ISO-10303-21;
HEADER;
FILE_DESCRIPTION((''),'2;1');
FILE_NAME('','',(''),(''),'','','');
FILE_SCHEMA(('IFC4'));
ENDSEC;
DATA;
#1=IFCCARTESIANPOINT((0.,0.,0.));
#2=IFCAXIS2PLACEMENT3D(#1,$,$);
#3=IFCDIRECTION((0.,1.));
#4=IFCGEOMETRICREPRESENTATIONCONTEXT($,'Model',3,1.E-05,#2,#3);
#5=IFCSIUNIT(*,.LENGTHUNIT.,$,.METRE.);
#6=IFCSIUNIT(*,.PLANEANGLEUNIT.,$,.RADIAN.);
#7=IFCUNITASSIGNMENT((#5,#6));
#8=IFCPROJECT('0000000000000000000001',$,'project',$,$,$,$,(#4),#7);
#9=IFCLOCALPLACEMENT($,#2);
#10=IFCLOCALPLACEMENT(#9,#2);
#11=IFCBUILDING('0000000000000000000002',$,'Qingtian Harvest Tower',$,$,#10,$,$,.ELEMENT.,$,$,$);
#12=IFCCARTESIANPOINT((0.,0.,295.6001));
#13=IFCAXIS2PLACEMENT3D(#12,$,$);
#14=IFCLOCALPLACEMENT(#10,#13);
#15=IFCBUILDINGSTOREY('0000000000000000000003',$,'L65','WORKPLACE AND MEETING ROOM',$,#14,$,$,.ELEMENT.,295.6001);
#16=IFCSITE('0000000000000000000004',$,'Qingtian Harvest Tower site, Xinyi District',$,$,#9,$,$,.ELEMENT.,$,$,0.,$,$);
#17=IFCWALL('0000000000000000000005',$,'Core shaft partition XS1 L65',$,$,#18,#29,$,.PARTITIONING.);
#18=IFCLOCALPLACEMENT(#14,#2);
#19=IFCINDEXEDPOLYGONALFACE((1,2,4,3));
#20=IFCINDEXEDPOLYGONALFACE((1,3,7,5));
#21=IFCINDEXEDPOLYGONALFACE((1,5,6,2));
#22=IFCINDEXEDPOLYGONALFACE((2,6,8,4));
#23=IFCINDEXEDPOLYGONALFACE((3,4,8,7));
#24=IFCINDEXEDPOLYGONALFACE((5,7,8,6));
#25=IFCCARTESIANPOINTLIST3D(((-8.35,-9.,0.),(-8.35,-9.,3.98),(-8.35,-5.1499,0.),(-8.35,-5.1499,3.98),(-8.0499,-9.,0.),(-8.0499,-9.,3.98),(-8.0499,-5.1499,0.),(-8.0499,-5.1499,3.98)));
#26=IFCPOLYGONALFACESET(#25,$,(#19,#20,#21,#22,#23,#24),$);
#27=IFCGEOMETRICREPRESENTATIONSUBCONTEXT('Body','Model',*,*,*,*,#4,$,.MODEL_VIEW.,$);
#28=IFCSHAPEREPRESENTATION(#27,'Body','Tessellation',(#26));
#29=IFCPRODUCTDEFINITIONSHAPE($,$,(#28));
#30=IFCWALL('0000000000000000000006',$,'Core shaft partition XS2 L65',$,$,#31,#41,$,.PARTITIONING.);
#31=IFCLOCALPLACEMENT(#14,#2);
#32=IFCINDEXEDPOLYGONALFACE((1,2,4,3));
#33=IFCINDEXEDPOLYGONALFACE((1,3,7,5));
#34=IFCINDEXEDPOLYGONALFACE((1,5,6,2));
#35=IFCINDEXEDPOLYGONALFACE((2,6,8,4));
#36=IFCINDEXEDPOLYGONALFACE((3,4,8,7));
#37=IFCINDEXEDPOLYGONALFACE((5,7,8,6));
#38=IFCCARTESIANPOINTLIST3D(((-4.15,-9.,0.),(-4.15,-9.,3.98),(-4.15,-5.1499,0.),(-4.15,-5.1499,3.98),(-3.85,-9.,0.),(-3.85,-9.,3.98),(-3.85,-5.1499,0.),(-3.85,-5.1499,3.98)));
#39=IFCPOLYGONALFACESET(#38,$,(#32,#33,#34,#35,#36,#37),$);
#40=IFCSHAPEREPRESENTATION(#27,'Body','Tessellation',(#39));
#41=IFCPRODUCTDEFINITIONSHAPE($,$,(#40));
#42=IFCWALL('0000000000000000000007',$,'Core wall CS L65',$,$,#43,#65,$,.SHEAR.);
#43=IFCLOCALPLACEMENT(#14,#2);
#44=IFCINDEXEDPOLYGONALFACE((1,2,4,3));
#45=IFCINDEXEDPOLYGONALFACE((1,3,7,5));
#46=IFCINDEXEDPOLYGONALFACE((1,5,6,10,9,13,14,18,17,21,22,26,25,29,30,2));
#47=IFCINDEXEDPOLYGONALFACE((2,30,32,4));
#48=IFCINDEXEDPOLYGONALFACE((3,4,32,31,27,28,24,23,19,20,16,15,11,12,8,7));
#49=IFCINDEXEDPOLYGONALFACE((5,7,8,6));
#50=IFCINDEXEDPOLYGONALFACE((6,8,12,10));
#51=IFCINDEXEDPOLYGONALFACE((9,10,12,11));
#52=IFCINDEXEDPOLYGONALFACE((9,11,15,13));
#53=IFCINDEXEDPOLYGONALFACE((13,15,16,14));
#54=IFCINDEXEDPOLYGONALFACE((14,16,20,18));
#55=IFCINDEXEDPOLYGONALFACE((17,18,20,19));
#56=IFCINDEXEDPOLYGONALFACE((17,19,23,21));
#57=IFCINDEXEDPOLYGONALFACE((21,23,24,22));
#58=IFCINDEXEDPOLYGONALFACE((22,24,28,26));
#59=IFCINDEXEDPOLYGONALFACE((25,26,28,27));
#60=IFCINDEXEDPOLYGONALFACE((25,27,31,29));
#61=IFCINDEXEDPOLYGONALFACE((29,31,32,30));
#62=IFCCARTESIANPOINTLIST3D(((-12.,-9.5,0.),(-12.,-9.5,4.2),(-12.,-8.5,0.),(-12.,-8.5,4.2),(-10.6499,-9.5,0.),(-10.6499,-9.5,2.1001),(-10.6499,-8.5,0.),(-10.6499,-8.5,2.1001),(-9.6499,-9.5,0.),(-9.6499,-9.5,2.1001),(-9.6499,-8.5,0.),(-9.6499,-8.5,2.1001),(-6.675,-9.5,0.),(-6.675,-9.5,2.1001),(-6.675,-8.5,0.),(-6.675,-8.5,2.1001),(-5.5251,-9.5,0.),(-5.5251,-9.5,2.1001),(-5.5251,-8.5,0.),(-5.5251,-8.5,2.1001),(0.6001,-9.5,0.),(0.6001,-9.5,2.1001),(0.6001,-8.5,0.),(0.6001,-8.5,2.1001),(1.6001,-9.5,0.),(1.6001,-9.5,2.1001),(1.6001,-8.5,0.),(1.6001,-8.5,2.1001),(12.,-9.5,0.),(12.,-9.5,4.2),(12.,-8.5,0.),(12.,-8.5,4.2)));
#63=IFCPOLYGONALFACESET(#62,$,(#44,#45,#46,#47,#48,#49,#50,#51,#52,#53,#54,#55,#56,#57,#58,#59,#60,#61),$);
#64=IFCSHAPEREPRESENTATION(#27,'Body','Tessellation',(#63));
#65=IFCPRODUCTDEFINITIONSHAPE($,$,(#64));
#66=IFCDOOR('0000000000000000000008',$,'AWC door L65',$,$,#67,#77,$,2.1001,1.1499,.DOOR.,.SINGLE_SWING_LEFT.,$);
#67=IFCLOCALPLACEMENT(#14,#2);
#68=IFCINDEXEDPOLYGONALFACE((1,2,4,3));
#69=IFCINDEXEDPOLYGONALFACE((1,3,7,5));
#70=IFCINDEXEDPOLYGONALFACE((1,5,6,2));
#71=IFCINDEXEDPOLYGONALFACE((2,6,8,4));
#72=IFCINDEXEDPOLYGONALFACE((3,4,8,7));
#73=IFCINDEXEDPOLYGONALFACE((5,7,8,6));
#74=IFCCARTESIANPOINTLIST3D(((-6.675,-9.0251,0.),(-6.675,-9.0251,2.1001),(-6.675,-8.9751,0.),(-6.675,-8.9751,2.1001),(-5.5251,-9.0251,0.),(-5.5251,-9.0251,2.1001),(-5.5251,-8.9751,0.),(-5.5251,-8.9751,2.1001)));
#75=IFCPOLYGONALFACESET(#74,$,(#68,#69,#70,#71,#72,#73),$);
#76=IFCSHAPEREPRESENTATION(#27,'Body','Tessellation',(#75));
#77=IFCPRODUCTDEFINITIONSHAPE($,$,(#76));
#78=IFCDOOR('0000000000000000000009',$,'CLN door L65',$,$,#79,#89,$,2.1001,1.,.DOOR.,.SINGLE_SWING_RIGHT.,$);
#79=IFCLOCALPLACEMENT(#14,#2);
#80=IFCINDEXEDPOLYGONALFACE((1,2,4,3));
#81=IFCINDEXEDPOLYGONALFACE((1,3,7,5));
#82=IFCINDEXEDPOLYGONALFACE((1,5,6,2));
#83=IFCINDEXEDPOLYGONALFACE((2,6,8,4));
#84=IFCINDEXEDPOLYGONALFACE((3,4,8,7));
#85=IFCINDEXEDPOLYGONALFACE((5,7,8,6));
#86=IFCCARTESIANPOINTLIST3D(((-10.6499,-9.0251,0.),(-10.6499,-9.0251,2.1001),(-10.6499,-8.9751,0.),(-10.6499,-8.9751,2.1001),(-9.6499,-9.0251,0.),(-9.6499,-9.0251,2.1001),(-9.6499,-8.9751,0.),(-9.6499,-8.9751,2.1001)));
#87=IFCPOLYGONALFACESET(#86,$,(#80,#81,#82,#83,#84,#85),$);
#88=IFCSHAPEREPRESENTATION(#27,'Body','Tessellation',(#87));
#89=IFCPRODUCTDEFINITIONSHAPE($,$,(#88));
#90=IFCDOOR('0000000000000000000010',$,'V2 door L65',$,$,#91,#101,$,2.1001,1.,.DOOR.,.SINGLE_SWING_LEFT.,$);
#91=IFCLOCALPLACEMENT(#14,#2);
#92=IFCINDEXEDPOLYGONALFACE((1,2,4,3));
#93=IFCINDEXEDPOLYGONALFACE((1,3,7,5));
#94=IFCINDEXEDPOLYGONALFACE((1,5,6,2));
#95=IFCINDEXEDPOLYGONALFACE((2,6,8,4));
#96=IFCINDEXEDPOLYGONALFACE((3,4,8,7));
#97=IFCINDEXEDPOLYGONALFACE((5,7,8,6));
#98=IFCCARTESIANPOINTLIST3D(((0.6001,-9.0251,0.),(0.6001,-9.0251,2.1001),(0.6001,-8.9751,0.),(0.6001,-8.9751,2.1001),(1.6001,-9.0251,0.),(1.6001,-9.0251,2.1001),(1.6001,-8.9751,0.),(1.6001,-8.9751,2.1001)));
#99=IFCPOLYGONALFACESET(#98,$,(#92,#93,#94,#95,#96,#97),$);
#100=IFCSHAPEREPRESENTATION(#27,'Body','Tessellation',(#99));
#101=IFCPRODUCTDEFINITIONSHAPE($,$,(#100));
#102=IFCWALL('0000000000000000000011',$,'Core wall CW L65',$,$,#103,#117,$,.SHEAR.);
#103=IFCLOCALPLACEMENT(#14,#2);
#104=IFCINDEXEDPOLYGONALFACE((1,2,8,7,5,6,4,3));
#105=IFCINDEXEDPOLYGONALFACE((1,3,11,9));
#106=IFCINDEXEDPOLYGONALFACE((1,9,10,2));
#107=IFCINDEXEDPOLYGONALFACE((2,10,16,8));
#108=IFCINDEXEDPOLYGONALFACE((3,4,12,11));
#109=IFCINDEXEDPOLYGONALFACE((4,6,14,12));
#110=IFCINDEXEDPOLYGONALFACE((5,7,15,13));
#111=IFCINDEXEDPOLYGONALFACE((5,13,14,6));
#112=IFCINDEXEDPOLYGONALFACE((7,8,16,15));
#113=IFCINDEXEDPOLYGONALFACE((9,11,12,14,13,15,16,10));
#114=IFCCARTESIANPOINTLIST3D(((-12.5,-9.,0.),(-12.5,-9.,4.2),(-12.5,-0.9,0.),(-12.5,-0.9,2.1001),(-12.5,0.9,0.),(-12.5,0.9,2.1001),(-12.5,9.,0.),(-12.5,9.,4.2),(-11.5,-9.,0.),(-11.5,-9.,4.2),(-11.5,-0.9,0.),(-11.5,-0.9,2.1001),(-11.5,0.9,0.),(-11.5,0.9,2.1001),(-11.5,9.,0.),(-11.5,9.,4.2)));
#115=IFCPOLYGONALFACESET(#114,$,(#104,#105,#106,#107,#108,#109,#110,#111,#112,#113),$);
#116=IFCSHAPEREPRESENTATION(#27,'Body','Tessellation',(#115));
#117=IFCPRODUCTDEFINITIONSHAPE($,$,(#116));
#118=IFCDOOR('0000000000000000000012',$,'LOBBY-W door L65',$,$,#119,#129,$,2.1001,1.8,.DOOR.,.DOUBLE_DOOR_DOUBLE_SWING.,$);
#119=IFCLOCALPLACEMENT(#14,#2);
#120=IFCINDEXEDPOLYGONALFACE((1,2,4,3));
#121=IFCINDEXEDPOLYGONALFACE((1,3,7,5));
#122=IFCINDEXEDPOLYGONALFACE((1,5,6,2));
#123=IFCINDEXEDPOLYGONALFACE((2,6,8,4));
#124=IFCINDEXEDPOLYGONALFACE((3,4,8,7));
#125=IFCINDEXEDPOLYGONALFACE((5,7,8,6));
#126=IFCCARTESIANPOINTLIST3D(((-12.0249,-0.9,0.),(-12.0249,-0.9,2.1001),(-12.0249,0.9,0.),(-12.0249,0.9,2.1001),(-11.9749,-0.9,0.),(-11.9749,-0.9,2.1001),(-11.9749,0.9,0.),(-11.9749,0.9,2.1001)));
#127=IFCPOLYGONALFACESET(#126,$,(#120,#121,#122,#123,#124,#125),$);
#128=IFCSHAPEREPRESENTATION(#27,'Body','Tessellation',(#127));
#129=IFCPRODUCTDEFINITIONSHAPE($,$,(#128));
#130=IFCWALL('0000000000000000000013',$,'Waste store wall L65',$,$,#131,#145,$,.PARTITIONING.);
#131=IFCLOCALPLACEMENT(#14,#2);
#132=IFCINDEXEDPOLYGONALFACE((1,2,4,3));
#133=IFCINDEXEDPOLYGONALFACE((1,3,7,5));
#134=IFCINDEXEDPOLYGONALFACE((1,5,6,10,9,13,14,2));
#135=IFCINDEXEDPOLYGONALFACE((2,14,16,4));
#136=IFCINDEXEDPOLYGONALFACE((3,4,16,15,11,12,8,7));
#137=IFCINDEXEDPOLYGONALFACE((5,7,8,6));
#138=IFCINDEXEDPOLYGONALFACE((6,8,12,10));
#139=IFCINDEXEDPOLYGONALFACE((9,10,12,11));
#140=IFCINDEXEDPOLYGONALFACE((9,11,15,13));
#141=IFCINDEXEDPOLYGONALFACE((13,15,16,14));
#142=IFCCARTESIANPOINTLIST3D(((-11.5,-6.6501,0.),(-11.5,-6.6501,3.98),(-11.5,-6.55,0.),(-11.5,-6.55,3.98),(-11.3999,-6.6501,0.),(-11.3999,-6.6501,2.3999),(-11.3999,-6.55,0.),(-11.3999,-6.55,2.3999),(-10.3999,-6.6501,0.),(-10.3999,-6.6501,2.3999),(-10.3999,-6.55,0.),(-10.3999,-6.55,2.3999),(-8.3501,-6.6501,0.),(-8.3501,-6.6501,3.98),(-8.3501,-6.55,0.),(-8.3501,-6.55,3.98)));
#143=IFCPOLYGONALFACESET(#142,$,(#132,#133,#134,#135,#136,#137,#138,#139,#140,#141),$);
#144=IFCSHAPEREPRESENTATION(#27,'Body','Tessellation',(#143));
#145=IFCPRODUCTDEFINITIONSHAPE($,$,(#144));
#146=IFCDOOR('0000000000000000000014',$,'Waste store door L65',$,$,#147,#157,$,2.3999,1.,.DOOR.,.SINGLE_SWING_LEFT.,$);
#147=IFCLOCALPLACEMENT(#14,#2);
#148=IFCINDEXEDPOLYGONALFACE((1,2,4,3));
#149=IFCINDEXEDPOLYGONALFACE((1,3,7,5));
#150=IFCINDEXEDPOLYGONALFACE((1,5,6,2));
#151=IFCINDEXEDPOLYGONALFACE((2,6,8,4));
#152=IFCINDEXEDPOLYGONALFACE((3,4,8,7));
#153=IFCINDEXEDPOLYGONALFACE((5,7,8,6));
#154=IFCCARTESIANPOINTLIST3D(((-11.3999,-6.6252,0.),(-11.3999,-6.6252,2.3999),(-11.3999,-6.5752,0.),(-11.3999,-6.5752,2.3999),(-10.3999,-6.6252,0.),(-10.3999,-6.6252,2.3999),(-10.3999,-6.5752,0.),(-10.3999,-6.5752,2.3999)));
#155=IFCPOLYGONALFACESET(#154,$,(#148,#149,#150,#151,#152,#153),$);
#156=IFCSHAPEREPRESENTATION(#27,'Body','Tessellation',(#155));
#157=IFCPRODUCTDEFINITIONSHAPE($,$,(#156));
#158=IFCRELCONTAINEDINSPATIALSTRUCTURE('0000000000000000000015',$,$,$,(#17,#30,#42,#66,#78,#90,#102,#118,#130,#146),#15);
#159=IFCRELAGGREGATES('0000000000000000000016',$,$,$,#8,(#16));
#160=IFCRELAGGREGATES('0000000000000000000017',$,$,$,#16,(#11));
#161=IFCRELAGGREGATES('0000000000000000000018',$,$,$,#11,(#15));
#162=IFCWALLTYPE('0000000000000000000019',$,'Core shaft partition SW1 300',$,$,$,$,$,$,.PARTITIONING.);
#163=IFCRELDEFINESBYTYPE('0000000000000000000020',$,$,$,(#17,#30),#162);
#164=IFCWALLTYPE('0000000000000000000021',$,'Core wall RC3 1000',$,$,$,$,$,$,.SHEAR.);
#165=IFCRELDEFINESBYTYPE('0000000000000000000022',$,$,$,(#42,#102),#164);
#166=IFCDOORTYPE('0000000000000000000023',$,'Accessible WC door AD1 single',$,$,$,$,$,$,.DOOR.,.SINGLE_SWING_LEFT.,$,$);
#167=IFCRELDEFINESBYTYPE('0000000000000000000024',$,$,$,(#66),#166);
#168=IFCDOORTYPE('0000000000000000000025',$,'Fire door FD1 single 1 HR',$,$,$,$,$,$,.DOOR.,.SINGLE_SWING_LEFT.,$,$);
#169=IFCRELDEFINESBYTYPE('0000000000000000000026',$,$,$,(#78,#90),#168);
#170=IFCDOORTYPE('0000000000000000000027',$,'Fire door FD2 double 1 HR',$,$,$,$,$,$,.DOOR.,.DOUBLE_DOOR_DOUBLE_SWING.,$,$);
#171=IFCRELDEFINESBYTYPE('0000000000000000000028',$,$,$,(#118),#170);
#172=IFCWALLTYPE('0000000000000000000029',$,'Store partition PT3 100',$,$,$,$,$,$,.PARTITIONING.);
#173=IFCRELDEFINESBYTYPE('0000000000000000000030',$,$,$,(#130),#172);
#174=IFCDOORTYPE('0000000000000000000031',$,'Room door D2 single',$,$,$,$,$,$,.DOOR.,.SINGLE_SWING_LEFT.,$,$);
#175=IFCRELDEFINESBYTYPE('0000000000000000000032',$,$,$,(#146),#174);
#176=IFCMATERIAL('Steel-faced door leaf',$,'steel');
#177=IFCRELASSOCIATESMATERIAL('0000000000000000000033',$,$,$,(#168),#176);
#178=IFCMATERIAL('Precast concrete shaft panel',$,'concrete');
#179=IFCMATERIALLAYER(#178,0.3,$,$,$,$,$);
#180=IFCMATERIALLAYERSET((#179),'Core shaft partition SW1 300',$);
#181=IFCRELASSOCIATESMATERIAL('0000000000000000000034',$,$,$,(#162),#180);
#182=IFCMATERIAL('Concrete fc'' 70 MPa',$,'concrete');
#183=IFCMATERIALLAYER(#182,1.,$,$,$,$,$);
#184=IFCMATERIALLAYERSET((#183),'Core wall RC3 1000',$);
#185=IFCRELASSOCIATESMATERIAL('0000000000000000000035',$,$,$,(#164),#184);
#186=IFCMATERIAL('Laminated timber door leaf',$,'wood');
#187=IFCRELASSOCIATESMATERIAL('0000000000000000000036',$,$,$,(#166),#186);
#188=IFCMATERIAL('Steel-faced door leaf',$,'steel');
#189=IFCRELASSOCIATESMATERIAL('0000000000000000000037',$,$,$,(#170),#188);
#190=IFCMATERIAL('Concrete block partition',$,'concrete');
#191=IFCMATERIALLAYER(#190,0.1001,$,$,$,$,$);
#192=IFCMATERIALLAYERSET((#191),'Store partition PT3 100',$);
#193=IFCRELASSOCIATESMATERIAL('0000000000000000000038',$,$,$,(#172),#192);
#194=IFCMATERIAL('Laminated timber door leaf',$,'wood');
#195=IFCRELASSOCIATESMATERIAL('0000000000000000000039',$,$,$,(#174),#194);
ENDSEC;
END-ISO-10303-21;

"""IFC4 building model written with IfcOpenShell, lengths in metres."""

from ifc_helpers import new_model, si_unit, direction, frame, frame_2d, origin, place, context, subcontext, project, spatial, rectangle, extrude, material, layer, layer_set, type_object, element, fill, save


model = new_model("IFC4")

# Units and contexts
model_context = context("Model", 3, precision=1e-05, world=origin(), true_north=direction((0.0, 1.0)))
body_context = subcontext(model_context, "Body", "Model", "MODEL_VIEW")
ifc_project = project(units=[si_unit("LENGTHUNIT", "METRE"), si_unit("PLANEANGLEUNIT", "RADIAN")], contexts=[model_context])

# Site, building, storey
site_placement = place(None, origin())
site = spatial("IfcSite", under=ifc_project, at=site_placement, Name="Qingtian Harvest Tower site, Xinyi District", CompositionType="ELEMENT", RefElevation=0.0)
building_placement = place(site_placement, origin())
building = spatial("IfcBuilding", under=site, at=building_placement, Name="Qingtian Harvest Tower", CompositionType="ELEMENT")
storey_placement = place(building_placement, frame((0.0, 0.0, 295.6001)))
storey = spatial("IfcBuildingStorey", under=building, at=storey_placement, Name="L65", Description="WORKPLACE AND MEETING ROOM", CompositionType="ELEMENT", Elevation=295.6001)

# Shared definitions
ifc_material_1 = material(Name="Steel-faced door leaf", Category="steel")
door_type_1 = type_object("IfcDoorType", Name="Fire door FD1 single 1 HR", OperationType="SINGLE_SWING_LEFT", PredefinedType="DOOR", material=ifc_material_1)

# Walls
ifc_material_2 = material(Name="Precast concrete shaft panel", Category="concrete")
ifc_layer_1 = layer(ifc_material_2, 0.3)
ifc_layer_set_1 = layer_set([ifc_layer_1], Name="Core shaft partition SW1 300")
wall_type_1 = type_object("IfcWallType", Name="Core shaft partition SW1 300", PredefinedType="PARTITIONING", material=ifc_layer_set_1)
for number, where, z_axis, x_axis, name in (
    (1, (-8.2, -9.0, 0.0), (0.0, 0.0, 1.0), (0.0, 1.0, 0.0), "Core shaft partition XS1 L65"),
    (2, (-4.0, -9.0, 0.0), (0.0, 0.0, 1.0), (0.0, 1.0, 0.0), "Core shaft partition XS2 L65"),
):
    element("IfcWall", number, at=place(storey_placement, frame(where, z_axis=z_axis, x_axis=x_axis)), inside=storey, type_object=wall_type_1, Name=name, PredefinedType="PARTITIONING", context=body_context, shape_type="SweptSolid", body=[
        extrude(rectangle(XDim=3.8501, YDim=0.3, at=frame_2d((1.925, 0.0))), origin(), (0.0, 0.0, 1.0), 3.98),
    ])

# Wall, openings, doors
ifc_material_3 = material(Name="Concrete fc' 70 MPa", Category="concrete")
ifc_layer_2 = layer(ifc_material_3, 1.0)
ifc_layer_set_2 = layer_set([ifc_layer_2], Name="Core wall RC3 1000")
wall_type_2 = type_object("IfcWallType", Name="Core wall RC3 1000", PredefinedType="SHEAR", material=ifc_layer_set_2)
wall_1_placement = place(storey_placement, frame((-12.0, -9.0, 0.0), z_axis=(0.0, 0.0, 1.0), x_axis=(1.0, 0.0, 0.0)))
wall_1 = element("IfcWall", 3, at=wall_1_placement, inside=storey, type_object=wall_type_2, Name="Core wall CS L65", PredefinedType="SHEAR", context=body_context, shape_type="SweptSolid", body=[
    extrude(rectangle(XDim=24.0, YDim=1.0, at=frame_2d((12.0, 0.0))), origin(), (0.0, 0.0, 1.0), 4.2),
])
opening_1_placement = place(wall_1_placement, frame((1.3501, 0.0, 0.0)))
opening_1 = element("IfcOpeningElement", 4, at=opening_1_placement, cuts=wall_1, PredefinedType="OPENING", context=body_context, shape_type="SweptSolid", body=[
    extrude(rectangle(XDim=1.0, YDim=2.1001, at=frame_2d((0.5, 1.05))), frame((0.0, 0.51, 0.0), z_axis=(0.0, -1.0, 0.0), x_axis=(1.0, 0.0, 0.0)), (0.0, 0.0, 1.0), 1.02),
])
opening_2_placement = place(wall_1_placement, frame((5.325, 0.0, 0.0)))
opening_2 = element("IfcOpeningElement", 5, at=opening_2_placement, cuts=wall_1, PredefinedType="OPENING", context=body_context, shape_type="SweptSolid", body=[
    extrude(rectangle(XDim=1.1499, YDim=2.1001, at=frame_2d((0.575, 1.05))), frame((0.0, 0.51, 0.0), z_axis=(0.0, -1.0, 0.0), x_axis=(1.0, 0.0, 0.0)), (0.0, 0.0, 1.0), 1.02),
])
opening_3_placement = place(wall_1_placement, frame((12.6001, 0.0, 0.0)))
opening_3 = element("IfcOpeningElement", 6, at=opening_3_placement, cuts=wall_1, PredefinedType="OPENING", context=body_context, shape_type="SweptSolid", body=[
    extrude(rectangle(XDim=1.0, YDim=2.1001, at=frame_2d((0.5, 1.05))), frame((0.0, 0.51, 0.0), z_axis=(0.0, -1.0, 0.0), x_axis=(1.0, 0.0, 0.0)), (0.0, 0.0, 1.0), 1.02),
])
ifc_material_4 = material(Name="Laminated timber door leaf", Category="wood")
door_type_2 = type_object("IfcDoorType", Name="Accessible WC door AD1 single", OperationType="SINGLE_SWING_LEFT", PredefinedType="DOOR", material=ifc_material_4)
door_1_placement = place(opening_2_placement, origin())
door_1 = element("IfcDoor", 7, at=door_1_placement, inside=storey, type_object=door_type_2, Name="AWC door L65", OperationType="SINGLE_SWING_LEFT", OverallHeight=2.1001, OverallWidth=1.1499, PredefinedType="DOOR", context=body_context, shape_type="SweptSolid", body=[
    extrude(rectangle(XDim=1.1499, YDim=2.1001, at=frame_2d((0.575, 1.05))), frame((0.0, 0.0249, 0.0), z_axis=(0.0, -1.0, 0.0), x_axis=(1.0, 0.0, 0.0)), (0.0, 0.0, 1.0), 0.05),
])
fill(opening_2, door_1)
door_2_placement = place(opening_1_placement, origin())
door_2 = element("IfcDoor", 8, at=door_2_placement, inside=storey, type_object=door_type_1, Name="CLN door L65", OperationType="SINGLE_SWING_RIGHT", OverallHeight=2.1001, OverallWidth=1.0, PredefinedType="DOOR", context=body_context, shape_type="SweptSolid", body=[
    extrude(rectangle(XDim=1.0, YDim=2.1001, at=frame_2d((0.5, 1.05))), frame((0.0, 0.0249, 0.0), z_axis=(0.0, -1.0, 0.0), x_axis=(1.0, 0.0, 0.0)), (0.0, 0.0, 1.0), 0.05),
])
fill(opening_1, door_2)
door_3_placement = place(opening_3_placement, origin())
door_3 = element("IfcDoor", 9, at=door_3_placement, inside=storey, type_object=door_type_1, Name="V2 door L65", OperationType="SINGLE_SWING_LEFT", OverallHeight=2.1001, OverallWidth=1.0, PredefinedType="DOOR", context=body_context, shape_type="SweptSolid", body=[
    extrude(rectangle(XDim=1.0, YDim=2.1001, at=frame_2d((0.5, 1.05))), frame((0.0, 0.0249, 0.0), z_axis=(0.0, -1.0, 0.0), x_axis=(1.0, 0.0, 0.0)), (0.0, 0.0, 1.0), 0.05),
])
fill(opening_3, door_3)

# Walls, openings, doors
wall_2_placement = place(storey_placement, frame((-12.0, -9.0, 0.0), z_axis=(0.0, 0.0, 1.0), x_axis=(0.0, 1.0, 0.0)))
wall_2 = element("IfcWall", 10, at=wall_2_placement, inside=storey, type_object=wall_type_2, Name="Core wall CW L65", PredefinedType="SHEAR", context=body_context, shape_type="SweptSolid", body=[
    extrude(rectangle(XDim=18.0, YDim=1.0, at=frame_2d((9.0, 0.0))), origin(), (0.0, 0.0, 1.0), 4.2),
])
opening_4_placement = place(wall_2_placement, frame((8.1001, 0.0, 0.0)))
opening_4 = element("IfcOpeningElement", 11, at=opening_4_placement, cuts=wall_2, PredefinedType="OPENING", context=body_context, shape_type="SweptSolid", body=[
    extrude(rectangle(XDim=1.8, YDim=2.1001, at=frame_2d((0.8999, 1.05))), frame((0.0, 0.51, 0.0), z_axis=(0.0, -1.0, 0.0), x_axis=(1.0, 0.0, 0.0)), (0.0, 0.0, 1.0), 1.02),
])
ifc_material_5 = material(Name="Steel-faced door leaf", Category="steel")
door_type_3 = type_object("IfcDoorType", Name="Fire door FD2 double 1 HR", OperationType="DOUBLE_DOOR_DOUBLE_SWING", PredefinedType="DOOR", material=ifc_material_5)
door_4_placement = place(opening_4_placement, origin())
door_4 = element("IfcDoor", 12, at=door_4_placement, inside=storey, type_object=door_type_3, Name="LOBBY-W door L65", OperationType="DOUBLE_DOOR_DOUBLE_SWING", OverallHeight=2.1001, OverallWidth=1.8, PredefinedType="DOOR", context=body_context, shape_type="SweptSolid", body=[
    extrude(rectangle(XDim=1.8, YDim=2.1001, at=frame_2d((0.8999, 1.05))), frame((0.0, 0.0249, 0.0), z_axis=(0.0, -1.0, 0.0), x_axis=(1.0, 0.0, 0.0)), (0.0, 0.0, 1.0), 0.05),
])
fill(opening_4, door_4)
ifc_material_6 = material(Name="Concrete block partition", Category="concrete")
ifc_layer_3 = layer(ifc_material_6, 0.1001)
ifc_layer_set_3 = layer_set([ifc_layer_3], Name="Store partition PT3 100")
wall_type_3 = type_object("IfcWallType", Name="Store partition PT3 100", PredefinedType="PARTITIONING", material=ifc_layer_set_3)
wall_3_placement = place(storey_placement, frame((-11.5, -6.6001, 0.0), z_axis=(0.0, 0.0, 1.0), x_axis=(1.0, 0.0, 0.0)))
wall_3 = element("IfcWall", 13, at=wall_3_placement, inside=storey, type_object=wall_type_3, Name="Waste store wall L65", PredefinedType="PARTITIONING", context=body_context, shape_type="SweptSolid", body=[
    extrude(rectangle(XDim=3.1499, YDim=0.1001, at=frame_2d((1.575, 0.0))), origin(), (0.0, 0.0, 1.0), 3.98),
])
opening_5_placement = place(wall_3_placement, frame((0.1001, 0.0, 0.0)))
opening_5 = element("IfcOpeningElement", 14, at=opening_5_placement, cuts=wall_3, PredefinedType="OPENING", context=body_context, shape_type="SweptSolid", body=[
    extrude(rectangle(XDim=1.0, YDim=2.3999, at=frame_2d((0.5, 1.2))), frame((0.0, 0.0601, 0.0), z_axis=(0.0, -1.0, 0.0), x_axis=(1.0, 0.0, 0.0)), (0.0, 0.0, 1.0), 0.1201),
])
ifc_material_7 = material(Name="Laminated timber door leaf", Category="wood")
door_type_4 = type_object("IfcDoorType", Name="Room door D2 single", OperationType="SINGLE_SWING_LEFT", PredefinedType="DOOR", material=ifc_material_7)
door_5_placement = place(opening_5_placement, origin())
door_5 = element("IfcDoor", 15, at=door_5_placement, inside=storey, type_object=door_type_4, Name="Waste store door L65", OperationType="SINGLE_SWING_LEFT", OverallHeight=2.3999, OverallWidth=1.0, PredefinedType="DOOR", context=body_context, shape_type="SweptSolid", body=[
    extrude(rectangle(XDim=1.0, YDim=2.3999, at=frame_2d((0.5, 1.2))), frame((0.0, 0.0249, 0.0), z_axis=(0.0, -1.0, 0.0), x_axis=(1.0, 0.0, 0.0)), (0.0, 0.0, 1.0), 0.05),
])
fill(opening_5, door_5)

save(model, "model.ifc")
